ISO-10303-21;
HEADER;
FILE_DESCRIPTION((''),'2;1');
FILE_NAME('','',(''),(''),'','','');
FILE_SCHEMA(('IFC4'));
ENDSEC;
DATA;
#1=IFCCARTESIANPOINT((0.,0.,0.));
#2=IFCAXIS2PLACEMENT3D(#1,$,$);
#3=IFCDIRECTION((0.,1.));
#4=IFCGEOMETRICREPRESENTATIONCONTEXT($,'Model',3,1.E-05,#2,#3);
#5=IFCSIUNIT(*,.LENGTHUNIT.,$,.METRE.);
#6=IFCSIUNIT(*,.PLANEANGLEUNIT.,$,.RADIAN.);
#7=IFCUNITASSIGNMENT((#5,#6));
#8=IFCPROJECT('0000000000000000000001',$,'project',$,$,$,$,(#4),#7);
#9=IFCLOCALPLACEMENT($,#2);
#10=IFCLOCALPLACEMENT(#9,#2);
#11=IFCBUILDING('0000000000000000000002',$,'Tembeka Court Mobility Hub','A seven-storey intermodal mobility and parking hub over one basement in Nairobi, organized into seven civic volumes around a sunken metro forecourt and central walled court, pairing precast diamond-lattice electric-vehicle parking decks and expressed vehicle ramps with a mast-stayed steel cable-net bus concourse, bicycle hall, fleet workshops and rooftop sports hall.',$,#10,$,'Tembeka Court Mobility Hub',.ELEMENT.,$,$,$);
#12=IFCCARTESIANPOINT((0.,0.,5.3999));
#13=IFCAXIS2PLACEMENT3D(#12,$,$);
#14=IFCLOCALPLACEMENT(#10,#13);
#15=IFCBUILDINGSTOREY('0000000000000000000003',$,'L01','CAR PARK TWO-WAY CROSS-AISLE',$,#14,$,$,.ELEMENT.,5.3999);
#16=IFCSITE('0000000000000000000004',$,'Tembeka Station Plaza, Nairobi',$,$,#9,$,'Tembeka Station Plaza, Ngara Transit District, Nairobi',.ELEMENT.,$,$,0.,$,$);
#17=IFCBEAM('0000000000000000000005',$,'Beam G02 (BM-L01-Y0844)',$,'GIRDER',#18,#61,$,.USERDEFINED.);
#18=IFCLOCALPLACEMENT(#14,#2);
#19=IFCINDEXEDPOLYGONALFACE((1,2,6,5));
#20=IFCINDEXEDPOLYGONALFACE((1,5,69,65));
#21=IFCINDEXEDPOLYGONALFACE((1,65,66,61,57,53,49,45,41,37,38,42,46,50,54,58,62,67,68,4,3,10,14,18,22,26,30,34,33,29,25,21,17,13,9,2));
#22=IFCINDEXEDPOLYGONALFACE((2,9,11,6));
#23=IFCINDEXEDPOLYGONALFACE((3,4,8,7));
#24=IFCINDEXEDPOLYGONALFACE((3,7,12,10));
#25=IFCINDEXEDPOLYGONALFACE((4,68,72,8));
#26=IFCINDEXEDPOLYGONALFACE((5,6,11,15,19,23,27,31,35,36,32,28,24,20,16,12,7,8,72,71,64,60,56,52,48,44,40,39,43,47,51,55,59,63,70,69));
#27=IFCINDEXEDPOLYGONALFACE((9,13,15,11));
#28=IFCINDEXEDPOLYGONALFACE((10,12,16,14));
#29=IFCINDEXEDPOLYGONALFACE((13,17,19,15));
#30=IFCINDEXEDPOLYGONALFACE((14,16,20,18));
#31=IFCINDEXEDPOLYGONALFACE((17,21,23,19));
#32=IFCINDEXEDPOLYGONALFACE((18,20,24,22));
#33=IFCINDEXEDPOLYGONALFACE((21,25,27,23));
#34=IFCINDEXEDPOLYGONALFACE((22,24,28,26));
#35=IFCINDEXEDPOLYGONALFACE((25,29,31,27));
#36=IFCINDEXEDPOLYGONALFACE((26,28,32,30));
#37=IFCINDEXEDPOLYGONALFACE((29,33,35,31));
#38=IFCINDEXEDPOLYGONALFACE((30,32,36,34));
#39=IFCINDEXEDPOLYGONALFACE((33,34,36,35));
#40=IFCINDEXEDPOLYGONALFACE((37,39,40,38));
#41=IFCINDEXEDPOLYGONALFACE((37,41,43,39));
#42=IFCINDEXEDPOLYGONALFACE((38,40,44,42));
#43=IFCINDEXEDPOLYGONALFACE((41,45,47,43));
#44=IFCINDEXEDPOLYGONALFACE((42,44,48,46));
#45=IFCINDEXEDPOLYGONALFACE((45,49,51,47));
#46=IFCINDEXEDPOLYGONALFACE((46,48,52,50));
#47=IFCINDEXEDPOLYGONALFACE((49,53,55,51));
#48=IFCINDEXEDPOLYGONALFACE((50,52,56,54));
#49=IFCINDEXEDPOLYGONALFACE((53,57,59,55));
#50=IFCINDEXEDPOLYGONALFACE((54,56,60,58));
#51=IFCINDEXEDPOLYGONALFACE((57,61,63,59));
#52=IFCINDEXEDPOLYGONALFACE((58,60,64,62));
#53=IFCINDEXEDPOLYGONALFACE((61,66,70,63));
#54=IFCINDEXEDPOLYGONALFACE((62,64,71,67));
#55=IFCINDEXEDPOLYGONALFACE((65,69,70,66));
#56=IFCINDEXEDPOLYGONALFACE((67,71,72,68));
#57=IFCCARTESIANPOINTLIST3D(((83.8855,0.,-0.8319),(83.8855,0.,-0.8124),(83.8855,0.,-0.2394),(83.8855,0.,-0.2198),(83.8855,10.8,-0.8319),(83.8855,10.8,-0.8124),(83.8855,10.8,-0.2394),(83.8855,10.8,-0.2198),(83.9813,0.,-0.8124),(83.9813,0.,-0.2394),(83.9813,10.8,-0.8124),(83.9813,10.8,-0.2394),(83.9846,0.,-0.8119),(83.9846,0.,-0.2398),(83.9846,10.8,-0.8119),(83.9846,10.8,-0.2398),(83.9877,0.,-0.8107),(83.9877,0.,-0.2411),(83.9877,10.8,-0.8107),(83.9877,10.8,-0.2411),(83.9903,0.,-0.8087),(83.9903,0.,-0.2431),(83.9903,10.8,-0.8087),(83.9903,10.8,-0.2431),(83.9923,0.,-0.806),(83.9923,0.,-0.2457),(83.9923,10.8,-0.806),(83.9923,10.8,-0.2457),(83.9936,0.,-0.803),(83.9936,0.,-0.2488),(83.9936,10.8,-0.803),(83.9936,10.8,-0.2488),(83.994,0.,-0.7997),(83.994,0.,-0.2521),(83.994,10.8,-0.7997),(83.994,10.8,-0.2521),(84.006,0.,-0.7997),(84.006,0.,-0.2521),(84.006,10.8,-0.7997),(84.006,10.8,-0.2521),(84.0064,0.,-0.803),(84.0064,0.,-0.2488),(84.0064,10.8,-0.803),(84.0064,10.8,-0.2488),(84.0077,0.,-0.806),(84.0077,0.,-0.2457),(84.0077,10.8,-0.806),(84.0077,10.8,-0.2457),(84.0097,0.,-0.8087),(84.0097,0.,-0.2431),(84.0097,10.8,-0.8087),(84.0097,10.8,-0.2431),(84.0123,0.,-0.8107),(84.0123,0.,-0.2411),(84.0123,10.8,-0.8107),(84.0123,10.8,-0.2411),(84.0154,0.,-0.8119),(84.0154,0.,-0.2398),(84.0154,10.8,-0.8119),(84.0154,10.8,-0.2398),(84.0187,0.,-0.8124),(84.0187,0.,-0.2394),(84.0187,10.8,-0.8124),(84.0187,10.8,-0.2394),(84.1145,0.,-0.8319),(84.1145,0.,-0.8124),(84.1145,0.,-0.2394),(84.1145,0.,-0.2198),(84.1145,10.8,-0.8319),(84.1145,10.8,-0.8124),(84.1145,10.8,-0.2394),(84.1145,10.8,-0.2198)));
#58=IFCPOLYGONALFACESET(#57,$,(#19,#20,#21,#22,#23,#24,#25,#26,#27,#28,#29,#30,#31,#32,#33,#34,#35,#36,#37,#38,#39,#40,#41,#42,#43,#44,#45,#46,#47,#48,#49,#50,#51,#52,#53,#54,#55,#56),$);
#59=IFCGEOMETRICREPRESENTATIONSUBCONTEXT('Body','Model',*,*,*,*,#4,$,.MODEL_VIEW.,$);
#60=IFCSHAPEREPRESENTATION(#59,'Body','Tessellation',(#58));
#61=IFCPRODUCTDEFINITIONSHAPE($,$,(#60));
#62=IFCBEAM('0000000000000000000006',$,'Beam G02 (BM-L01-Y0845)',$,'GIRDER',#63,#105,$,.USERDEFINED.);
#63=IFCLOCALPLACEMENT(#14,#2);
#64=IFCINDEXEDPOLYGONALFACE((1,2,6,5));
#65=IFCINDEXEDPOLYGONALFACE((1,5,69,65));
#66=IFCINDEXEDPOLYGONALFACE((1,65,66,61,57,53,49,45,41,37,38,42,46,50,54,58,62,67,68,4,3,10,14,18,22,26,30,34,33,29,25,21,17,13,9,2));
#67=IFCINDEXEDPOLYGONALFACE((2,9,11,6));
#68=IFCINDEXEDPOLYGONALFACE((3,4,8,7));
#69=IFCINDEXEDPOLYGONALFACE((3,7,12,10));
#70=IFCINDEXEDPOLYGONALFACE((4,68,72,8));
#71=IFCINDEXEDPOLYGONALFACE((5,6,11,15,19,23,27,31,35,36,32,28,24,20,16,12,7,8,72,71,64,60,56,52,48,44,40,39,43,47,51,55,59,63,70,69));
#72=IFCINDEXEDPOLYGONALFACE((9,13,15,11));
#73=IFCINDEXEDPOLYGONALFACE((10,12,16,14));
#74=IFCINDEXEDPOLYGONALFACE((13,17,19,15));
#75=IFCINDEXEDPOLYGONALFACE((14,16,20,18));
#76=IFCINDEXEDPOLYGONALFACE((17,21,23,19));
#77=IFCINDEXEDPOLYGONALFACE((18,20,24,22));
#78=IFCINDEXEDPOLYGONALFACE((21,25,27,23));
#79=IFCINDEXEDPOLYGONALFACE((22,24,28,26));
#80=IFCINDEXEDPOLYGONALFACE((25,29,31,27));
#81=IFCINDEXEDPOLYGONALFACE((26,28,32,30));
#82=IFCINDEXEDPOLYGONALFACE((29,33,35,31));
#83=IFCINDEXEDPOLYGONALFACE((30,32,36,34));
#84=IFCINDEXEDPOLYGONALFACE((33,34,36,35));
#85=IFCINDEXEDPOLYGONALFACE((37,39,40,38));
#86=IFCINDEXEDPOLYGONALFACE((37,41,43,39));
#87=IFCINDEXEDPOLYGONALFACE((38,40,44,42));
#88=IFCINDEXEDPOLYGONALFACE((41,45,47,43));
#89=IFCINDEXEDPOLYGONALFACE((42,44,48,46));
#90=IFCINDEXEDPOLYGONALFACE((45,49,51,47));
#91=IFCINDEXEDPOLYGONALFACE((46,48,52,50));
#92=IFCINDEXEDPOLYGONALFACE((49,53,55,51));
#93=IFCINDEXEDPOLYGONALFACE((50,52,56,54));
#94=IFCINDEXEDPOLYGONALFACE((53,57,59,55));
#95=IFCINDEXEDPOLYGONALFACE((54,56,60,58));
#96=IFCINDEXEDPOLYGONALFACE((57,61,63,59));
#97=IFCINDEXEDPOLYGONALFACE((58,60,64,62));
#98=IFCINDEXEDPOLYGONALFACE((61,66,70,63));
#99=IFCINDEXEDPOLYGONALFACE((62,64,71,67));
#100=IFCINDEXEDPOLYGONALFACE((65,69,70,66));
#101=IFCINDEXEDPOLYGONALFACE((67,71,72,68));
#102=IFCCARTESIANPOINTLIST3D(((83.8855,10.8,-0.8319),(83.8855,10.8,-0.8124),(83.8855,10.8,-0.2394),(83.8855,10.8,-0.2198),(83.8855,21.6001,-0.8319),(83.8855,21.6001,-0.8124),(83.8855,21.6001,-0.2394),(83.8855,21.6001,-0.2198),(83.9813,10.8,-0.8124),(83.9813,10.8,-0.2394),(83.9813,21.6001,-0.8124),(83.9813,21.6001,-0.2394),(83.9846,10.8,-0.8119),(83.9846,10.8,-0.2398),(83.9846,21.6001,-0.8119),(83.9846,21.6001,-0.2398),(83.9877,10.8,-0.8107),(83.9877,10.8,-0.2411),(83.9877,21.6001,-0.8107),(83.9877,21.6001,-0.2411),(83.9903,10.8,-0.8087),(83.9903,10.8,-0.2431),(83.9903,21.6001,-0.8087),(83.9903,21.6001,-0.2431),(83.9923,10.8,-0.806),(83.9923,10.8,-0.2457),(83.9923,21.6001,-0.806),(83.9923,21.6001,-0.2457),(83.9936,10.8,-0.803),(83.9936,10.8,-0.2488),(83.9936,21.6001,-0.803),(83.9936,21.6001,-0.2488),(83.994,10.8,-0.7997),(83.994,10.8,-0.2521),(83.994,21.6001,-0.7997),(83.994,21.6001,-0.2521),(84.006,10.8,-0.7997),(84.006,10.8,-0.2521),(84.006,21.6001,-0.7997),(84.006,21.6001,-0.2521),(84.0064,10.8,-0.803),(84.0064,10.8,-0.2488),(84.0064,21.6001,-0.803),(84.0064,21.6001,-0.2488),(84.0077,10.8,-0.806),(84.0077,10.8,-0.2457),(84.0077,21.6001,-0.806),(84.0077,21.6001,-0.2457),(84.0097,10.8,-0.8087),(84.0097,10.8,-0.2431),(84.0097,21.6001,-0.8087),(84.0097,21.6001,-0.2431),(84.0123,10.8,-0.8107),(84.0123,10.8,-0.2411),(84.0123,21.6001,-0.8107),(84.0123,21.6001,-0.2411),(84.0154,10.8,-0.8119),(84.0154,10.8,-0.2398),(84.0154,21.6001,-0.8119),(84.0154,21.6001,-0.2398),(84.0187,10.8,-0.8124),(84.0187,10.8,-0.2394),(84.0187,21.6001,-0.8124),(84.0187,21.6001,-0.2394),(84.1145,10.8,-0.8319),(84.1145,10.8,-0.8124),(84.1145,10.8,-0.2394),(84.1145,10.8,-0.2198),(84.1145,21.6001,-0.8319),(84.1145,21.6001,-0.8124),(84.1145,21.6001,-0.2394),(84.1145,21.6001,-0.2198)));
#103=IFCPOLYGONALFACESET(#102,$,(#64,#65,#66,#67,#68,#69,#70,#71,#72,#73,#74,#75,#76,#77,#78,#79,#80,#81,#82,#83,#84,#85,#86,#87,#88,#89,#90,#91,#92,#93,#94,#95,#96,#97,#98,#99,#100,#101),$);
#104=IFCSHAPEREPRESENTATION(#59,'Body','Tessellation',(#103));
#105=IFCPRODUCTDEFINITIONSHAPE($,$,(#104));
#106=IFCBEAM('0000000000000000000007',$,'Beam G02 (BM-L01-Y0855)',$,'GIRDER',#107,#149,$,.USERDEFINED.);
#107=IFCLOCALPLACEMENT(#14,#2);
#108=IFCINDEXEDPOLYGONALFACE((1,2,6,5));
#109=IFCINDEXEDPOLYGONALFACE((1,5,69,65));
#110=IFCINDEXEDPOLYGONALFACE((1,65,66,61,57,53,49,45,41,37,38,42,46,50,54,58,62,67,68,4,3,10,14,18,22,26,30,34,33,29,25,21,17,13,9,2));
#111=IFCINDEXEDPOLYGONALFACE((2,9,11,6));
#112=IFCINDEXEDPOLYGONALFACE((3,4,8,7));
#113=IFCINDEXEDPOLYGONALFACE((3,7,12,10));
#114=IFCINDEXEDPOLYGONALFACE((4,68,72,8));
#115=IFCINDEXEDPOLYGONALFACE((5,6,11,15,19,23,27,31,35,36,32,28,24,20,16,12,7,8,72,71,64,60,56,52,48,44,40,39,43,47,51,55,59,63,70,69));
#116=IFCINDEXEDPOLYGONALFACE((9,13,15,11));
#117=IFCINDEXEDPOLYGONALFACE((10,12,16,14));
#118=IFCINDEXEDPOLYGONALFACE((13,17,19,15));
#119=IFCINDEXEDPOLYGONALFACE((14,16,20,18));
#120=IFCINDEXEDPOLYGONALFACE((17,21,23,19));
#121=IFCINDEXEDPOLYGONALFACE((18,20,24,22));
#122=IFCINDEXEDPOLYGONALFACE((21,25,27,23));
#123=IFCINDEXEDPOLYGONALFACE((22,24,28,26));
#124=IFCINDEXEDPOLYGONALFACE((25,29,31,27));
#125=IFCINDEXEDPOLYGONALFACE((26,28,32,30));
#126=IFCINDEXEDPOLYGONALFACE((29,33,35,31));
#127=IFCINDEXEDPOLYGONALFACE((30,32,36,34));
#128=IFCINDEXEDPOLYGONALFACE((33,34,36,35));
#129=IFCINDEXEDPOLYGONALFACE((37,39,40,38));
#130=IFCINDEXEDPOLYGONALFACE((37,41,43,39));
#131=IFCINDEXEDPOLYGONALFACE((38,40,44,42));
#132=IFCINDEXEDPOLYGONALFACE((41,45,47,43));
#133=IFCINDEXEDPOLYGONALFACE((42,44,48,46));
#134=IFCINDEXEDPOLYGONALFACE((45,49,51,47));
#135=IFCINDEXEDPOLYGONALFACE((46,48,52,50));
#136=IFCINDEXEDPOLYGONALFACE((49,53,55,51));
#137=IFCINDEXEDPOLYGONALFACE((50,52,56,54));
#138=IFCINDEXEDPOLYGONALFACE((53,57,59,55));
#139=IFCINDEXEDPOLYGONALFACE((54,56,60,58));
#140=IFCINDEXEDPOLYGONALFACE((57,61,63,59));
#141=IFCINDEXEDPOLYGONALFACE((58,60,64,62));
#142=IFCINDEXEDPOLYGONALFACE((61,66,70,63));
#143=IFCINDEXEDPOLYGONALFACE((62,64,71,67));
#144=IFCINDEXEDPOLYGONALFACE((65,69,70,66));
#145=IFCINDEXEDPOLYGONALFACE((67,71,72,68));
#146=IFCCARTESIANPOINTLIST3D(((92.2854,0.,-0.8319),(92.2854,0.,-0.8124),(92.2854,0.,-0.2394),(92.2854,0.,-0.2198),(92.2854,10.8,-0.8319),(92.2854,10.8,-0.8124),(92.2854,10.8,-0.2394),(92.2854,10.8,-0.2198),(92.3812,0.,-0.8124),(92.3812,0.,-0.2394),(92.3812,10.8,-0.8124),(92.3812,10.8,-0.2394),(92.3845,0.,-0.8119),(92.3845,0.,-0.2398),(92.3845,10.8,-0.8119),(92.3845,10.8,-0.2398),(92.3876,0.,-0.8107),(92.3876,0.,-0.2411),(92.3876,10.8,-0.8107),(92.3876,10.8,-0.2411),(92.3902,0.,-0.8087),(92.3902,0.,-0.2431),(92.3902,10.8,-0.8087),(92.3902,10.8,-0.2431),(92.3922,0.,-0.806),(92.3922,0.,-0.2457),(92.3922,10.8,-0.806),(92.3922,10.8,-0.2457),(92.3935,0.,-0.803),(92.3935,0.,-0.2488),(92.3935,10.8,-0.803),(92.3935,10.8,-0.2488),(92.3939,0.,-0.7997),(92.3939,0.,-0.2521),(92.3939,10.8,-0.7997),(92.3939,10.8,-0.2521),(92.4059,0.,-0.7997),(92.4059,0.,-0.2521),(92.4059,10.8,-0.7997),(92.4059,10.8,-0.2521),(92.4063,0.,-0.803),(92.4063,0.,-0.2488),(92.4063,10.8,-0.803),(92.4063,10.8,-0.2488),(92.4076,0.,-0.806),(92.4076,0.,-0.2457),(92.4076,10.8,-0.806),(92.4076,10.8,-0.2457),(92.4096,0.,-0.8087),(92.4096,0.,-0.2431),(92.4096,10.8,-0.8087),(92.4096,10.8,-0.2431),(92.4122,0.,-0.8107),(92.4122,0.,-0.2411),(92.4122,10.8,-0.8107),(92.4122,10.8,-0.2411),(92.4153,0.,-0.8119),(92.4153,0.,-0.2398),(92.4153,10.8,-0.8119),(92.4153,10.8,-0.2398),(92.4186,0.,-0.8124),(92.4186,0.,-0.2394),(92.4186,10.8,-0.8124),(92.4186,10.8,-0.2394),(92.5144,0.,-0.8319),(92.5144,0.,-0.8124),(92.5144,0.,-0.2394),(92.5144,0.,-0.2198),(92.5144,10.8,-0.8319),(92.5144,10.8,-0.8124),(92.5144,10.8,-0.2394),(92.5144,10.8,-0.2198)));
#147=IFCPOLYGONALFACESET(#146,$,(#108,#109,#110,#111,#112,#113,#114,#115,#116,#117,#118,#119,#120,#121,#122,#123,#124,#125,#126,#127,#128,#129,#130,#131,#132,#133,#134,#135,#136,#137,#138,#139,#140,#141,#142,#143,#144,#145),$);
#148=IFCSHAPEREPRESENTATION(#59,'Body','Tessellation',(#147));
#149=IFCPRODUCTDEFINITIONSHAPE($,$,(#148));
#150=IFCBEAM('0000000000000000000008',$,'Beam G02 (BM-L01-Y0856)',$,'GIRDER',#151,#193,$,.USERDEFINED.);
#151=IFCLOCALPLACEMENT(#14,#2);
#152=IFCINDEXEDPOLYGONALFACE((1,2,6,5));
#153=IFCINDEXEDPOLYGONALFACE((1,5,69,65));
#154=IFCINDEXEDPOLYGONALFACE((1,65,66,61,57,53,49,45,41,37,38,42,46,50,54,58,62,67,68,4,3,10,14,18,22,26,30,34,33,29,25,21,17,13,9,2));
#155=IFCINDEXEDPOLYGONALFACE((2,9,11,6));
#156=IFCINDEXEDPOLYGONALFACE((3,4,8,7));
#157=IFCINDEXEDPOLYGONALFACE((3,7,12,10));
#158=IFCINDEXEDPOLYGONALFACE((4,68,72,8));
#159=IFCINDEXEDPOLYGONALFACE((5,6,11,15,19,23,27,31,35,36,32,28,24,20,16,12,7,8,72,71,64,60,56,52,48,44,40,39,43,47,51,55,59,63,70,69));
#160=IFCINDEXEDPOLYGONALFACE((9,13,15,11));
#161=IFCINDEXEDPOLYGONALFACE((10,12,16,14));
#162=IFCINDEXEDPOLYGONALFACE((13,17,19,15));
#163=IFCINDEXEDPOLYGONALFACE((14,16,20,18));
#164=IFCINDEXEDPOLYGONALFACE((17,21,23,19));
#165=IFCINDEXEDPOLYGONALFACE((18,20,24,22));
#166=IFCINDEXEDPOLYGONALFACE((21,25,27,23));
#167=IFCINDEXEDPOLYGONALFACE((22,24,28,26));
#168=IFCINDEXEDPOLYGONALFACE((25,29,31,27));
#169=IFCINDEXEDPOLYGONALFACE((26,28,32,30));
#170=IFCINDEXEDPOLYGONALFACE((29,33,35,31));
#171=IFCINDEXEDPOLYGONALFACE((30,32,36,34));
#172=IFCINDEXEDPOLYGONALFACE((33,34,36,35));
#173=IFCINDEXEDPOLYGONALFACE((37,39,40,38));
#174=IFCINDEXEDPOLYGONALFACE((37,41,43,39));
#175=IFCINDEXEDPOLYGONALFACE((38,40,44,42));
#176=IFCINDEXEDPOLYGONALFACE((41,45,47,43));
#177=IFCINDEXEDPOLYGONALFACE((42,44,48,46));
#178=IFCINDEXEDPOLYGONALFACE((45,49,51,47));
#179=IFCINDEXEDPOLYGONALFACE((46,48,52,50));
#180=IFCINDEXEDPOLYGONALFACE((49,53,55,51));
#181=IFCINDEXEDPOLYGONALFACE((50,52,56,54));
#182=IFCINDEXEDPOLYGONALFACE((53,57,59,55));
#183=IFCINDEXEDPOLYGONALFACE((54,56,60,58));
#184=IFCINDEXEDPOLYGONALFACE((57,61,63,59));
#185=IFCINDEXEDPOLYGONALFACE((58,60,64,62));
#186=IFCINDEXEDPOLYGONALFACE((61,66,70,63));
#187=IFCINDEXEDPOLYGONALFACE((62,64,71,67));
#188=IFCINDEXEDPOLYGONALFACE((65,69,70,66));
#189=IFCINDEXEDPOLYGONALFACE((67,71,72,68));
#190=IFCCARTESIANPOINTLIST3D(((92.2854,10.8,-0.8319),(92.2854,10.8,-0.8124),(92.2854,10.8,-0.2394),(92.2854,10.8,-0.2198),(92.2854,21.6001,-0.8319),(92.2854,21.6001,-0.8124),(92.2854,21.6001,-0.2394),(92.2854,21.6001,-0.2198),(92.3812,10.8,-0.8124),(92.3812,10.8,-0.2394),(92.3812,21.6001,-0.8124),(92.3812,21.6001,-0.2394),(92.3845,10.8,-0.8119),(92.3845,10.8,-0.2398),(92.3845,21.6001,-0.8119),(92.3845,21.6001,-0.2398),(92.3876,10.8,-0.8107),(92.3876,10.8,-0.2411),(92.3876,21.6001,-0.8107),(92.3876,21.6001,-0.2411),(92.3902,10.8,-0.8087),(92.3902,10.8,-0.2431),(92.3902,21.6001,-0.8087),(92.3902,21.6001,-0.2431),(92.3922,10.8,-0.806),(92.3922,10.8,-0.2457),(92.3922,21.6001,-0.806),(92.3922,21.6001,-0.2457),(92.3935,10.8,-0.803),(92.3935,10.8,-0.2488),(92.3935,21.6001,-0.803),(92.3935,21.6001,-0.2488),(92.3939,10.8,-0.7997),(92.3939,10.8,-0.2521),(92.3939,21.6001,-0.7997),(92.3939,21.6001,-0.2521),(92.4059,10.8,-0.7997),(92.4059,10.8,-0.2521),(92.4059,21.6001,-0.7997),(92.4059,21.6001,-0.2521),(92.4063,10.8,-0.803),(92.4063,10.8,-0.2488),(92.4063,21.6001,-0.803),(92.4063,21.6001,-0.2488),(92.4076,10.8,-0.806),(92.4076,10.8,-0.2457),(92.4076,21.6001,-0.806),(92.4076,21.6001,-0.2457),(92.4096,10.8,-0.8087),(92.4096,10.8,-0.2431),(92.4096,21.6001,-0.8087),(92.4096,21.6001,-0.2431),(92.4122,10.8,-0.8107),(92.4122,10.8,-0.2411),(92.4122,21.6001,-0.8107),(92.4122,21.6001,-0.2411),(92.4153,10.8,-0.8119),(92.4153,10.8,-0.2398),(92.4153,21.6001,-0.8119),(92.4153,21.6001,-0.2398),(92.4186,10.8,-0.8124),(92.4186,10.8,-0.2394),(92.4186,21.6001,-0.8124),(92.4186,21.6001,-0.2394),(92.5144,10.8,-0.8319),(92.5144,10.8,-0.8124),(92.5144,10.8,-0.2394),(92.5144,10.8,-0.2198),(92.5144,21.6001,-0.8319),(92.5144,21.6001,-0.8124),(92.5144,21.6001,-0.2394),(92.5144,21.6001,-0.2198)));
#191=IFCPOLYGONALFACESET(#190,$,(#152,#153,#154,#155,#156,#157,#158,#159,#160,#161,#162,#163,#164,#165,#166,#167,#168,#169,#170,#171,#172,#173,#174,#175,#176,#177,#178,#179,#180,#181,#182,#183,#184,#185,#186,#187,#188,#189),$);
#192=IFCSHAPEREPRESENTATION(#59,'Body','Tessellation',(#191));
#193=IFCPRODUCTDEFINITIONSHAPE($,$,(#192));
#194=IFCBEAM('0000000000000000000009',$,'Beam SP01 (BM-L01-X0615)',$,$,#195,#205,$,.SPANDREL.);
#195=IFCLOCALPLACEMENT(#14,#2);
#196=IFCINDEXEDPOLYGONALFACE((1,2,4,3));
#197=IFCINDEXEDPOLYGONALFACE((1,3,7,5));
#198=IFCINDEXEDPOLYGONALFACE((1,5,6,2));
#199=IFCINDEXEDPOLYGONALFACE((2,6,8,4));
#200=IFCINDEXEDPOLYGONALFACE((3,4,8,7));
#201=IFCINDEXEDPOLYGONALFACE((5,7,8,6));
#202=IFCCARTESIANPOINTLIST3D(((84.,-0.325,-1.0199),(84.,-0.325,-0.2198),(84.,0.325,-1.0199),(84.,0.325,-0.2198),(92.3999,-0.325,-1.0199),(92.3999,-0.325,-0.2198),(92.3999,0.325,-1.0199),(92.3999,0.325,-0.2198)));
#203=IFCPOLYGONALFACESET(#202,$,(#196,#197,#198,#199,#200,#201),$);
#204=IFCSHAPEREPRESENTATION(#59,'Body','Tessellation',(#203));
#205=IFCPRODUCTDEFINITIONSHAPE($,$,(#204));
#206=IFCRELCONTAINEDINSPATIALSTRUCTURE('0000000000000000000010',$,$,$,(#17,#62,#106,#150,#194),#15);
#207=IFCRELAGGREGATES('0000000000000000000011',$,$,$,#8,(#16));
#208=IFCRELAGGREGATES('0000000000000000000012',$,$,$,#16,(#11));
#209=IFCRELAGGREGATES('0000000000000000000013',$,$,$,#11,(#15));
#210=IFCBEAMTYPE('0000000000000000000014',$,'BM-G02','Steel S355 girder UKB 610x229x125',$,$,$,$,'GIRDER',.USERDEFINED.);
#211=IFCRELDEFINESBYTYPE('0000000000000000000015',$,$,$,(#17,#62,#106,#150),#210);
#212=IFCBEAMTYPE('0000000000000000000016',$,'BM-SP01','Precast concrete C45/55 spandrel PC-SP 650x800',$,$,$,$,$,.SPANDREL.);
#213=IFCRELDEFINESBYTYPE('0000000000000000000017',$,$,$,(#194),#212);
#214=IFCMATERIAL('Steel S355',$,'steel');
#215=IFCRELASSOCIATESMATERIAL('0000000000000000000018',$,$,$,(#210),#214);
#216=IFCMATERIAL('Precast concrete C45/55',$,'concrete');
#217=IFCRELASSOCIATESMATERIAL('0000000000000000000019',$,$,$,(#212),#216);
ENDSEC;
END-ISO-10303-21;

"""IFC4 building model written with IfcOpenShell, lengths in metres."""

from ifc_helpers import new_model, si_unit, direction, frame, origin, origin_2d, place, context, subcontext, project, spatial, rectangle, i_section, extrude, material, material_profile, profile_set, type_object, element, save


model = new_model("IFC4")

# Units and contexts
model_context = context("Model", 3, precision=1e-05, world=origin(), true_north=direction((0.0, 1.0)))
body_context = subcontext(model_context, "Body", "Model", "MODEL_VIEW")
ifc_project = project(units=[si_unit("LENGTHUNIT", "METRE"), si_unit("PLANEANGLEUNIT", "RADIAN")], contexts=[model_context])

# Site, building, storey
site_placement = place(None, origin())
site = spatial("IfcSite", under=ifc_project, at=site_placement, Name="Tembeka Station Plaza, Nairobi", LongName="Tembeka Station Plaza, Ngara Transit District, Nairobi", CompositionType="ELEMENT", RefElevation=0.0)
building_placement = place(site_placement, origin())
building = spatial("IfcBuilding", under=site, at=building_placement, Name="Tembeka Court Mobility Hub", Description="A seven-storey intermodal mobility and parking hub over one basement in Nairobi, organized into seven civic volumes around a sunken metro forecourt and central walled court, pairing precast diamond-lattice electric-vehicle parking decks and expressed vehicle ramps with a mast-stayed steel cable-net bus concourse, bicycle hall, fleet workshops and rooftop sports hall.", LongName="Tembeka Court Mobility Hub", CompositionType="ELEMENT")
storey_placement = place(building_placement, frame((0.0, 0.0, 5.3999)))
storey = spatial("IfcBuildingStorey", under=building, at=storey_placement, Name="L01", Description="CAR PARK TWO-WAY CROSS-AISLE", CompositionType="ELEMENT", Elevation=5.3999)

# Shared definitions
ifc_material_1 = material(Name="Steel S355", Category="steel")

# Beams
ifc_material_profile_1 = material_profile(ifc_material_1, i_section(OverallWidth=0.229, OverallDepth=0.6121, WebThickness=0.012, FlangeThickness=0.0195, FilletRadius=0.0127, at=origin_2d()), Name="UKB 610x229x125")
ifc_profile_set_1 = profile_set([ifc_material_profile_1], Name="Steel S355")
beam_type_1 = type_object("IfcBeamType", Name="BM-G02", Description="Steel S355 girder UKB 610x229x125", ElementType="GIRDER", PredefinedType="USERDEFINED", material=ifc_profile_set_1)
for number, where, z_axis, x_axis, name in (
    (1, (84.0, 0.0, -0.5259), (0.0, 1.0, 0.0), (-1.0, 0.0, 0.0), "Beam G02 (BM-L01-Y0844)"),
    (2, (84.0, 10.8, -0.5259), (0.0, 1.0, 0.0), (-1.0, 0.0, 0.0), "Beam G02 (BM-L01-Y0845)"),
    (3, (92.3999, 0.0, -0.5259), (0.0, 1.0, 0.0), (-1.0, 0.0, 0.0), "Beam G02 (BM-L01-Y0855)"),
    (4, (92.3999, 10.8, -0.5259), (0.0, 1.0, 0.0), (-1.0, 0.0, 0.0), "Beam G02 (BM-L01-Y0856)"),
):
    element("IfcBeam", number, at=place(storey_placement, frame(where, z_axis=z_axis, x_axis=x_axis)), inside=storey, type_object=beam_type_1, Name=name, ObjectType="GIRDER", PredefinedType="USERDEFINED", context=body_context, shape_type="SweptSolid", body=[
        extrude(i_section(OverallWidth=0.229, OverallDepth=0.6121, WebThickness=0.012, FlangeThickness=0.0195, FilletRadius=0.0127, at=origin_2d()), origin(), (0.0, 0.0, 1.0), 10.8),
    ])
ifc_material_2 = material(Name="Precast concrete C45/55", Category="concrete")
ifc_material_profile_2 = material_profile(ifc_material_2, rectangle(XDim=0.6499, YDim=0.8, at=origin_2d()), Name="PC-SP 650x800")
ifc_profile_set_2 = profile_set([ifc_material_profile_2], Name="Precast concrete C45/55")
beam_type_2 = type_object("IfcBeamType", Name="BM-SP01", Description="Precast concrete C45/55 spandrel PC-SP 650x800", PredefinedType="SPANDREL", material=ifc_profile_set_2)
beam_1_placement = place(storey_placement, frame((84.0, 0.0, -0.6199), z_axis=(1.0, 0.0, 0.0), x_axis=(0.0, 1.0, 0.0)))
element("IfcBeam", 5, at=beam_1_placement, inside=storey, type_object=beam_type_2, Name="Beam SP01 (BM-L01-X0615)", PredefinedType="SPANDREL", context=body_context, shape_type="SweptSolid", body=[
    extrude(rectangle(XDim=0.6499, YDim=0.8, at=origin_2d()), origin(), (0.0, 0.0, 1.0), 8.3999),
])

save(model, "model.ifc")
